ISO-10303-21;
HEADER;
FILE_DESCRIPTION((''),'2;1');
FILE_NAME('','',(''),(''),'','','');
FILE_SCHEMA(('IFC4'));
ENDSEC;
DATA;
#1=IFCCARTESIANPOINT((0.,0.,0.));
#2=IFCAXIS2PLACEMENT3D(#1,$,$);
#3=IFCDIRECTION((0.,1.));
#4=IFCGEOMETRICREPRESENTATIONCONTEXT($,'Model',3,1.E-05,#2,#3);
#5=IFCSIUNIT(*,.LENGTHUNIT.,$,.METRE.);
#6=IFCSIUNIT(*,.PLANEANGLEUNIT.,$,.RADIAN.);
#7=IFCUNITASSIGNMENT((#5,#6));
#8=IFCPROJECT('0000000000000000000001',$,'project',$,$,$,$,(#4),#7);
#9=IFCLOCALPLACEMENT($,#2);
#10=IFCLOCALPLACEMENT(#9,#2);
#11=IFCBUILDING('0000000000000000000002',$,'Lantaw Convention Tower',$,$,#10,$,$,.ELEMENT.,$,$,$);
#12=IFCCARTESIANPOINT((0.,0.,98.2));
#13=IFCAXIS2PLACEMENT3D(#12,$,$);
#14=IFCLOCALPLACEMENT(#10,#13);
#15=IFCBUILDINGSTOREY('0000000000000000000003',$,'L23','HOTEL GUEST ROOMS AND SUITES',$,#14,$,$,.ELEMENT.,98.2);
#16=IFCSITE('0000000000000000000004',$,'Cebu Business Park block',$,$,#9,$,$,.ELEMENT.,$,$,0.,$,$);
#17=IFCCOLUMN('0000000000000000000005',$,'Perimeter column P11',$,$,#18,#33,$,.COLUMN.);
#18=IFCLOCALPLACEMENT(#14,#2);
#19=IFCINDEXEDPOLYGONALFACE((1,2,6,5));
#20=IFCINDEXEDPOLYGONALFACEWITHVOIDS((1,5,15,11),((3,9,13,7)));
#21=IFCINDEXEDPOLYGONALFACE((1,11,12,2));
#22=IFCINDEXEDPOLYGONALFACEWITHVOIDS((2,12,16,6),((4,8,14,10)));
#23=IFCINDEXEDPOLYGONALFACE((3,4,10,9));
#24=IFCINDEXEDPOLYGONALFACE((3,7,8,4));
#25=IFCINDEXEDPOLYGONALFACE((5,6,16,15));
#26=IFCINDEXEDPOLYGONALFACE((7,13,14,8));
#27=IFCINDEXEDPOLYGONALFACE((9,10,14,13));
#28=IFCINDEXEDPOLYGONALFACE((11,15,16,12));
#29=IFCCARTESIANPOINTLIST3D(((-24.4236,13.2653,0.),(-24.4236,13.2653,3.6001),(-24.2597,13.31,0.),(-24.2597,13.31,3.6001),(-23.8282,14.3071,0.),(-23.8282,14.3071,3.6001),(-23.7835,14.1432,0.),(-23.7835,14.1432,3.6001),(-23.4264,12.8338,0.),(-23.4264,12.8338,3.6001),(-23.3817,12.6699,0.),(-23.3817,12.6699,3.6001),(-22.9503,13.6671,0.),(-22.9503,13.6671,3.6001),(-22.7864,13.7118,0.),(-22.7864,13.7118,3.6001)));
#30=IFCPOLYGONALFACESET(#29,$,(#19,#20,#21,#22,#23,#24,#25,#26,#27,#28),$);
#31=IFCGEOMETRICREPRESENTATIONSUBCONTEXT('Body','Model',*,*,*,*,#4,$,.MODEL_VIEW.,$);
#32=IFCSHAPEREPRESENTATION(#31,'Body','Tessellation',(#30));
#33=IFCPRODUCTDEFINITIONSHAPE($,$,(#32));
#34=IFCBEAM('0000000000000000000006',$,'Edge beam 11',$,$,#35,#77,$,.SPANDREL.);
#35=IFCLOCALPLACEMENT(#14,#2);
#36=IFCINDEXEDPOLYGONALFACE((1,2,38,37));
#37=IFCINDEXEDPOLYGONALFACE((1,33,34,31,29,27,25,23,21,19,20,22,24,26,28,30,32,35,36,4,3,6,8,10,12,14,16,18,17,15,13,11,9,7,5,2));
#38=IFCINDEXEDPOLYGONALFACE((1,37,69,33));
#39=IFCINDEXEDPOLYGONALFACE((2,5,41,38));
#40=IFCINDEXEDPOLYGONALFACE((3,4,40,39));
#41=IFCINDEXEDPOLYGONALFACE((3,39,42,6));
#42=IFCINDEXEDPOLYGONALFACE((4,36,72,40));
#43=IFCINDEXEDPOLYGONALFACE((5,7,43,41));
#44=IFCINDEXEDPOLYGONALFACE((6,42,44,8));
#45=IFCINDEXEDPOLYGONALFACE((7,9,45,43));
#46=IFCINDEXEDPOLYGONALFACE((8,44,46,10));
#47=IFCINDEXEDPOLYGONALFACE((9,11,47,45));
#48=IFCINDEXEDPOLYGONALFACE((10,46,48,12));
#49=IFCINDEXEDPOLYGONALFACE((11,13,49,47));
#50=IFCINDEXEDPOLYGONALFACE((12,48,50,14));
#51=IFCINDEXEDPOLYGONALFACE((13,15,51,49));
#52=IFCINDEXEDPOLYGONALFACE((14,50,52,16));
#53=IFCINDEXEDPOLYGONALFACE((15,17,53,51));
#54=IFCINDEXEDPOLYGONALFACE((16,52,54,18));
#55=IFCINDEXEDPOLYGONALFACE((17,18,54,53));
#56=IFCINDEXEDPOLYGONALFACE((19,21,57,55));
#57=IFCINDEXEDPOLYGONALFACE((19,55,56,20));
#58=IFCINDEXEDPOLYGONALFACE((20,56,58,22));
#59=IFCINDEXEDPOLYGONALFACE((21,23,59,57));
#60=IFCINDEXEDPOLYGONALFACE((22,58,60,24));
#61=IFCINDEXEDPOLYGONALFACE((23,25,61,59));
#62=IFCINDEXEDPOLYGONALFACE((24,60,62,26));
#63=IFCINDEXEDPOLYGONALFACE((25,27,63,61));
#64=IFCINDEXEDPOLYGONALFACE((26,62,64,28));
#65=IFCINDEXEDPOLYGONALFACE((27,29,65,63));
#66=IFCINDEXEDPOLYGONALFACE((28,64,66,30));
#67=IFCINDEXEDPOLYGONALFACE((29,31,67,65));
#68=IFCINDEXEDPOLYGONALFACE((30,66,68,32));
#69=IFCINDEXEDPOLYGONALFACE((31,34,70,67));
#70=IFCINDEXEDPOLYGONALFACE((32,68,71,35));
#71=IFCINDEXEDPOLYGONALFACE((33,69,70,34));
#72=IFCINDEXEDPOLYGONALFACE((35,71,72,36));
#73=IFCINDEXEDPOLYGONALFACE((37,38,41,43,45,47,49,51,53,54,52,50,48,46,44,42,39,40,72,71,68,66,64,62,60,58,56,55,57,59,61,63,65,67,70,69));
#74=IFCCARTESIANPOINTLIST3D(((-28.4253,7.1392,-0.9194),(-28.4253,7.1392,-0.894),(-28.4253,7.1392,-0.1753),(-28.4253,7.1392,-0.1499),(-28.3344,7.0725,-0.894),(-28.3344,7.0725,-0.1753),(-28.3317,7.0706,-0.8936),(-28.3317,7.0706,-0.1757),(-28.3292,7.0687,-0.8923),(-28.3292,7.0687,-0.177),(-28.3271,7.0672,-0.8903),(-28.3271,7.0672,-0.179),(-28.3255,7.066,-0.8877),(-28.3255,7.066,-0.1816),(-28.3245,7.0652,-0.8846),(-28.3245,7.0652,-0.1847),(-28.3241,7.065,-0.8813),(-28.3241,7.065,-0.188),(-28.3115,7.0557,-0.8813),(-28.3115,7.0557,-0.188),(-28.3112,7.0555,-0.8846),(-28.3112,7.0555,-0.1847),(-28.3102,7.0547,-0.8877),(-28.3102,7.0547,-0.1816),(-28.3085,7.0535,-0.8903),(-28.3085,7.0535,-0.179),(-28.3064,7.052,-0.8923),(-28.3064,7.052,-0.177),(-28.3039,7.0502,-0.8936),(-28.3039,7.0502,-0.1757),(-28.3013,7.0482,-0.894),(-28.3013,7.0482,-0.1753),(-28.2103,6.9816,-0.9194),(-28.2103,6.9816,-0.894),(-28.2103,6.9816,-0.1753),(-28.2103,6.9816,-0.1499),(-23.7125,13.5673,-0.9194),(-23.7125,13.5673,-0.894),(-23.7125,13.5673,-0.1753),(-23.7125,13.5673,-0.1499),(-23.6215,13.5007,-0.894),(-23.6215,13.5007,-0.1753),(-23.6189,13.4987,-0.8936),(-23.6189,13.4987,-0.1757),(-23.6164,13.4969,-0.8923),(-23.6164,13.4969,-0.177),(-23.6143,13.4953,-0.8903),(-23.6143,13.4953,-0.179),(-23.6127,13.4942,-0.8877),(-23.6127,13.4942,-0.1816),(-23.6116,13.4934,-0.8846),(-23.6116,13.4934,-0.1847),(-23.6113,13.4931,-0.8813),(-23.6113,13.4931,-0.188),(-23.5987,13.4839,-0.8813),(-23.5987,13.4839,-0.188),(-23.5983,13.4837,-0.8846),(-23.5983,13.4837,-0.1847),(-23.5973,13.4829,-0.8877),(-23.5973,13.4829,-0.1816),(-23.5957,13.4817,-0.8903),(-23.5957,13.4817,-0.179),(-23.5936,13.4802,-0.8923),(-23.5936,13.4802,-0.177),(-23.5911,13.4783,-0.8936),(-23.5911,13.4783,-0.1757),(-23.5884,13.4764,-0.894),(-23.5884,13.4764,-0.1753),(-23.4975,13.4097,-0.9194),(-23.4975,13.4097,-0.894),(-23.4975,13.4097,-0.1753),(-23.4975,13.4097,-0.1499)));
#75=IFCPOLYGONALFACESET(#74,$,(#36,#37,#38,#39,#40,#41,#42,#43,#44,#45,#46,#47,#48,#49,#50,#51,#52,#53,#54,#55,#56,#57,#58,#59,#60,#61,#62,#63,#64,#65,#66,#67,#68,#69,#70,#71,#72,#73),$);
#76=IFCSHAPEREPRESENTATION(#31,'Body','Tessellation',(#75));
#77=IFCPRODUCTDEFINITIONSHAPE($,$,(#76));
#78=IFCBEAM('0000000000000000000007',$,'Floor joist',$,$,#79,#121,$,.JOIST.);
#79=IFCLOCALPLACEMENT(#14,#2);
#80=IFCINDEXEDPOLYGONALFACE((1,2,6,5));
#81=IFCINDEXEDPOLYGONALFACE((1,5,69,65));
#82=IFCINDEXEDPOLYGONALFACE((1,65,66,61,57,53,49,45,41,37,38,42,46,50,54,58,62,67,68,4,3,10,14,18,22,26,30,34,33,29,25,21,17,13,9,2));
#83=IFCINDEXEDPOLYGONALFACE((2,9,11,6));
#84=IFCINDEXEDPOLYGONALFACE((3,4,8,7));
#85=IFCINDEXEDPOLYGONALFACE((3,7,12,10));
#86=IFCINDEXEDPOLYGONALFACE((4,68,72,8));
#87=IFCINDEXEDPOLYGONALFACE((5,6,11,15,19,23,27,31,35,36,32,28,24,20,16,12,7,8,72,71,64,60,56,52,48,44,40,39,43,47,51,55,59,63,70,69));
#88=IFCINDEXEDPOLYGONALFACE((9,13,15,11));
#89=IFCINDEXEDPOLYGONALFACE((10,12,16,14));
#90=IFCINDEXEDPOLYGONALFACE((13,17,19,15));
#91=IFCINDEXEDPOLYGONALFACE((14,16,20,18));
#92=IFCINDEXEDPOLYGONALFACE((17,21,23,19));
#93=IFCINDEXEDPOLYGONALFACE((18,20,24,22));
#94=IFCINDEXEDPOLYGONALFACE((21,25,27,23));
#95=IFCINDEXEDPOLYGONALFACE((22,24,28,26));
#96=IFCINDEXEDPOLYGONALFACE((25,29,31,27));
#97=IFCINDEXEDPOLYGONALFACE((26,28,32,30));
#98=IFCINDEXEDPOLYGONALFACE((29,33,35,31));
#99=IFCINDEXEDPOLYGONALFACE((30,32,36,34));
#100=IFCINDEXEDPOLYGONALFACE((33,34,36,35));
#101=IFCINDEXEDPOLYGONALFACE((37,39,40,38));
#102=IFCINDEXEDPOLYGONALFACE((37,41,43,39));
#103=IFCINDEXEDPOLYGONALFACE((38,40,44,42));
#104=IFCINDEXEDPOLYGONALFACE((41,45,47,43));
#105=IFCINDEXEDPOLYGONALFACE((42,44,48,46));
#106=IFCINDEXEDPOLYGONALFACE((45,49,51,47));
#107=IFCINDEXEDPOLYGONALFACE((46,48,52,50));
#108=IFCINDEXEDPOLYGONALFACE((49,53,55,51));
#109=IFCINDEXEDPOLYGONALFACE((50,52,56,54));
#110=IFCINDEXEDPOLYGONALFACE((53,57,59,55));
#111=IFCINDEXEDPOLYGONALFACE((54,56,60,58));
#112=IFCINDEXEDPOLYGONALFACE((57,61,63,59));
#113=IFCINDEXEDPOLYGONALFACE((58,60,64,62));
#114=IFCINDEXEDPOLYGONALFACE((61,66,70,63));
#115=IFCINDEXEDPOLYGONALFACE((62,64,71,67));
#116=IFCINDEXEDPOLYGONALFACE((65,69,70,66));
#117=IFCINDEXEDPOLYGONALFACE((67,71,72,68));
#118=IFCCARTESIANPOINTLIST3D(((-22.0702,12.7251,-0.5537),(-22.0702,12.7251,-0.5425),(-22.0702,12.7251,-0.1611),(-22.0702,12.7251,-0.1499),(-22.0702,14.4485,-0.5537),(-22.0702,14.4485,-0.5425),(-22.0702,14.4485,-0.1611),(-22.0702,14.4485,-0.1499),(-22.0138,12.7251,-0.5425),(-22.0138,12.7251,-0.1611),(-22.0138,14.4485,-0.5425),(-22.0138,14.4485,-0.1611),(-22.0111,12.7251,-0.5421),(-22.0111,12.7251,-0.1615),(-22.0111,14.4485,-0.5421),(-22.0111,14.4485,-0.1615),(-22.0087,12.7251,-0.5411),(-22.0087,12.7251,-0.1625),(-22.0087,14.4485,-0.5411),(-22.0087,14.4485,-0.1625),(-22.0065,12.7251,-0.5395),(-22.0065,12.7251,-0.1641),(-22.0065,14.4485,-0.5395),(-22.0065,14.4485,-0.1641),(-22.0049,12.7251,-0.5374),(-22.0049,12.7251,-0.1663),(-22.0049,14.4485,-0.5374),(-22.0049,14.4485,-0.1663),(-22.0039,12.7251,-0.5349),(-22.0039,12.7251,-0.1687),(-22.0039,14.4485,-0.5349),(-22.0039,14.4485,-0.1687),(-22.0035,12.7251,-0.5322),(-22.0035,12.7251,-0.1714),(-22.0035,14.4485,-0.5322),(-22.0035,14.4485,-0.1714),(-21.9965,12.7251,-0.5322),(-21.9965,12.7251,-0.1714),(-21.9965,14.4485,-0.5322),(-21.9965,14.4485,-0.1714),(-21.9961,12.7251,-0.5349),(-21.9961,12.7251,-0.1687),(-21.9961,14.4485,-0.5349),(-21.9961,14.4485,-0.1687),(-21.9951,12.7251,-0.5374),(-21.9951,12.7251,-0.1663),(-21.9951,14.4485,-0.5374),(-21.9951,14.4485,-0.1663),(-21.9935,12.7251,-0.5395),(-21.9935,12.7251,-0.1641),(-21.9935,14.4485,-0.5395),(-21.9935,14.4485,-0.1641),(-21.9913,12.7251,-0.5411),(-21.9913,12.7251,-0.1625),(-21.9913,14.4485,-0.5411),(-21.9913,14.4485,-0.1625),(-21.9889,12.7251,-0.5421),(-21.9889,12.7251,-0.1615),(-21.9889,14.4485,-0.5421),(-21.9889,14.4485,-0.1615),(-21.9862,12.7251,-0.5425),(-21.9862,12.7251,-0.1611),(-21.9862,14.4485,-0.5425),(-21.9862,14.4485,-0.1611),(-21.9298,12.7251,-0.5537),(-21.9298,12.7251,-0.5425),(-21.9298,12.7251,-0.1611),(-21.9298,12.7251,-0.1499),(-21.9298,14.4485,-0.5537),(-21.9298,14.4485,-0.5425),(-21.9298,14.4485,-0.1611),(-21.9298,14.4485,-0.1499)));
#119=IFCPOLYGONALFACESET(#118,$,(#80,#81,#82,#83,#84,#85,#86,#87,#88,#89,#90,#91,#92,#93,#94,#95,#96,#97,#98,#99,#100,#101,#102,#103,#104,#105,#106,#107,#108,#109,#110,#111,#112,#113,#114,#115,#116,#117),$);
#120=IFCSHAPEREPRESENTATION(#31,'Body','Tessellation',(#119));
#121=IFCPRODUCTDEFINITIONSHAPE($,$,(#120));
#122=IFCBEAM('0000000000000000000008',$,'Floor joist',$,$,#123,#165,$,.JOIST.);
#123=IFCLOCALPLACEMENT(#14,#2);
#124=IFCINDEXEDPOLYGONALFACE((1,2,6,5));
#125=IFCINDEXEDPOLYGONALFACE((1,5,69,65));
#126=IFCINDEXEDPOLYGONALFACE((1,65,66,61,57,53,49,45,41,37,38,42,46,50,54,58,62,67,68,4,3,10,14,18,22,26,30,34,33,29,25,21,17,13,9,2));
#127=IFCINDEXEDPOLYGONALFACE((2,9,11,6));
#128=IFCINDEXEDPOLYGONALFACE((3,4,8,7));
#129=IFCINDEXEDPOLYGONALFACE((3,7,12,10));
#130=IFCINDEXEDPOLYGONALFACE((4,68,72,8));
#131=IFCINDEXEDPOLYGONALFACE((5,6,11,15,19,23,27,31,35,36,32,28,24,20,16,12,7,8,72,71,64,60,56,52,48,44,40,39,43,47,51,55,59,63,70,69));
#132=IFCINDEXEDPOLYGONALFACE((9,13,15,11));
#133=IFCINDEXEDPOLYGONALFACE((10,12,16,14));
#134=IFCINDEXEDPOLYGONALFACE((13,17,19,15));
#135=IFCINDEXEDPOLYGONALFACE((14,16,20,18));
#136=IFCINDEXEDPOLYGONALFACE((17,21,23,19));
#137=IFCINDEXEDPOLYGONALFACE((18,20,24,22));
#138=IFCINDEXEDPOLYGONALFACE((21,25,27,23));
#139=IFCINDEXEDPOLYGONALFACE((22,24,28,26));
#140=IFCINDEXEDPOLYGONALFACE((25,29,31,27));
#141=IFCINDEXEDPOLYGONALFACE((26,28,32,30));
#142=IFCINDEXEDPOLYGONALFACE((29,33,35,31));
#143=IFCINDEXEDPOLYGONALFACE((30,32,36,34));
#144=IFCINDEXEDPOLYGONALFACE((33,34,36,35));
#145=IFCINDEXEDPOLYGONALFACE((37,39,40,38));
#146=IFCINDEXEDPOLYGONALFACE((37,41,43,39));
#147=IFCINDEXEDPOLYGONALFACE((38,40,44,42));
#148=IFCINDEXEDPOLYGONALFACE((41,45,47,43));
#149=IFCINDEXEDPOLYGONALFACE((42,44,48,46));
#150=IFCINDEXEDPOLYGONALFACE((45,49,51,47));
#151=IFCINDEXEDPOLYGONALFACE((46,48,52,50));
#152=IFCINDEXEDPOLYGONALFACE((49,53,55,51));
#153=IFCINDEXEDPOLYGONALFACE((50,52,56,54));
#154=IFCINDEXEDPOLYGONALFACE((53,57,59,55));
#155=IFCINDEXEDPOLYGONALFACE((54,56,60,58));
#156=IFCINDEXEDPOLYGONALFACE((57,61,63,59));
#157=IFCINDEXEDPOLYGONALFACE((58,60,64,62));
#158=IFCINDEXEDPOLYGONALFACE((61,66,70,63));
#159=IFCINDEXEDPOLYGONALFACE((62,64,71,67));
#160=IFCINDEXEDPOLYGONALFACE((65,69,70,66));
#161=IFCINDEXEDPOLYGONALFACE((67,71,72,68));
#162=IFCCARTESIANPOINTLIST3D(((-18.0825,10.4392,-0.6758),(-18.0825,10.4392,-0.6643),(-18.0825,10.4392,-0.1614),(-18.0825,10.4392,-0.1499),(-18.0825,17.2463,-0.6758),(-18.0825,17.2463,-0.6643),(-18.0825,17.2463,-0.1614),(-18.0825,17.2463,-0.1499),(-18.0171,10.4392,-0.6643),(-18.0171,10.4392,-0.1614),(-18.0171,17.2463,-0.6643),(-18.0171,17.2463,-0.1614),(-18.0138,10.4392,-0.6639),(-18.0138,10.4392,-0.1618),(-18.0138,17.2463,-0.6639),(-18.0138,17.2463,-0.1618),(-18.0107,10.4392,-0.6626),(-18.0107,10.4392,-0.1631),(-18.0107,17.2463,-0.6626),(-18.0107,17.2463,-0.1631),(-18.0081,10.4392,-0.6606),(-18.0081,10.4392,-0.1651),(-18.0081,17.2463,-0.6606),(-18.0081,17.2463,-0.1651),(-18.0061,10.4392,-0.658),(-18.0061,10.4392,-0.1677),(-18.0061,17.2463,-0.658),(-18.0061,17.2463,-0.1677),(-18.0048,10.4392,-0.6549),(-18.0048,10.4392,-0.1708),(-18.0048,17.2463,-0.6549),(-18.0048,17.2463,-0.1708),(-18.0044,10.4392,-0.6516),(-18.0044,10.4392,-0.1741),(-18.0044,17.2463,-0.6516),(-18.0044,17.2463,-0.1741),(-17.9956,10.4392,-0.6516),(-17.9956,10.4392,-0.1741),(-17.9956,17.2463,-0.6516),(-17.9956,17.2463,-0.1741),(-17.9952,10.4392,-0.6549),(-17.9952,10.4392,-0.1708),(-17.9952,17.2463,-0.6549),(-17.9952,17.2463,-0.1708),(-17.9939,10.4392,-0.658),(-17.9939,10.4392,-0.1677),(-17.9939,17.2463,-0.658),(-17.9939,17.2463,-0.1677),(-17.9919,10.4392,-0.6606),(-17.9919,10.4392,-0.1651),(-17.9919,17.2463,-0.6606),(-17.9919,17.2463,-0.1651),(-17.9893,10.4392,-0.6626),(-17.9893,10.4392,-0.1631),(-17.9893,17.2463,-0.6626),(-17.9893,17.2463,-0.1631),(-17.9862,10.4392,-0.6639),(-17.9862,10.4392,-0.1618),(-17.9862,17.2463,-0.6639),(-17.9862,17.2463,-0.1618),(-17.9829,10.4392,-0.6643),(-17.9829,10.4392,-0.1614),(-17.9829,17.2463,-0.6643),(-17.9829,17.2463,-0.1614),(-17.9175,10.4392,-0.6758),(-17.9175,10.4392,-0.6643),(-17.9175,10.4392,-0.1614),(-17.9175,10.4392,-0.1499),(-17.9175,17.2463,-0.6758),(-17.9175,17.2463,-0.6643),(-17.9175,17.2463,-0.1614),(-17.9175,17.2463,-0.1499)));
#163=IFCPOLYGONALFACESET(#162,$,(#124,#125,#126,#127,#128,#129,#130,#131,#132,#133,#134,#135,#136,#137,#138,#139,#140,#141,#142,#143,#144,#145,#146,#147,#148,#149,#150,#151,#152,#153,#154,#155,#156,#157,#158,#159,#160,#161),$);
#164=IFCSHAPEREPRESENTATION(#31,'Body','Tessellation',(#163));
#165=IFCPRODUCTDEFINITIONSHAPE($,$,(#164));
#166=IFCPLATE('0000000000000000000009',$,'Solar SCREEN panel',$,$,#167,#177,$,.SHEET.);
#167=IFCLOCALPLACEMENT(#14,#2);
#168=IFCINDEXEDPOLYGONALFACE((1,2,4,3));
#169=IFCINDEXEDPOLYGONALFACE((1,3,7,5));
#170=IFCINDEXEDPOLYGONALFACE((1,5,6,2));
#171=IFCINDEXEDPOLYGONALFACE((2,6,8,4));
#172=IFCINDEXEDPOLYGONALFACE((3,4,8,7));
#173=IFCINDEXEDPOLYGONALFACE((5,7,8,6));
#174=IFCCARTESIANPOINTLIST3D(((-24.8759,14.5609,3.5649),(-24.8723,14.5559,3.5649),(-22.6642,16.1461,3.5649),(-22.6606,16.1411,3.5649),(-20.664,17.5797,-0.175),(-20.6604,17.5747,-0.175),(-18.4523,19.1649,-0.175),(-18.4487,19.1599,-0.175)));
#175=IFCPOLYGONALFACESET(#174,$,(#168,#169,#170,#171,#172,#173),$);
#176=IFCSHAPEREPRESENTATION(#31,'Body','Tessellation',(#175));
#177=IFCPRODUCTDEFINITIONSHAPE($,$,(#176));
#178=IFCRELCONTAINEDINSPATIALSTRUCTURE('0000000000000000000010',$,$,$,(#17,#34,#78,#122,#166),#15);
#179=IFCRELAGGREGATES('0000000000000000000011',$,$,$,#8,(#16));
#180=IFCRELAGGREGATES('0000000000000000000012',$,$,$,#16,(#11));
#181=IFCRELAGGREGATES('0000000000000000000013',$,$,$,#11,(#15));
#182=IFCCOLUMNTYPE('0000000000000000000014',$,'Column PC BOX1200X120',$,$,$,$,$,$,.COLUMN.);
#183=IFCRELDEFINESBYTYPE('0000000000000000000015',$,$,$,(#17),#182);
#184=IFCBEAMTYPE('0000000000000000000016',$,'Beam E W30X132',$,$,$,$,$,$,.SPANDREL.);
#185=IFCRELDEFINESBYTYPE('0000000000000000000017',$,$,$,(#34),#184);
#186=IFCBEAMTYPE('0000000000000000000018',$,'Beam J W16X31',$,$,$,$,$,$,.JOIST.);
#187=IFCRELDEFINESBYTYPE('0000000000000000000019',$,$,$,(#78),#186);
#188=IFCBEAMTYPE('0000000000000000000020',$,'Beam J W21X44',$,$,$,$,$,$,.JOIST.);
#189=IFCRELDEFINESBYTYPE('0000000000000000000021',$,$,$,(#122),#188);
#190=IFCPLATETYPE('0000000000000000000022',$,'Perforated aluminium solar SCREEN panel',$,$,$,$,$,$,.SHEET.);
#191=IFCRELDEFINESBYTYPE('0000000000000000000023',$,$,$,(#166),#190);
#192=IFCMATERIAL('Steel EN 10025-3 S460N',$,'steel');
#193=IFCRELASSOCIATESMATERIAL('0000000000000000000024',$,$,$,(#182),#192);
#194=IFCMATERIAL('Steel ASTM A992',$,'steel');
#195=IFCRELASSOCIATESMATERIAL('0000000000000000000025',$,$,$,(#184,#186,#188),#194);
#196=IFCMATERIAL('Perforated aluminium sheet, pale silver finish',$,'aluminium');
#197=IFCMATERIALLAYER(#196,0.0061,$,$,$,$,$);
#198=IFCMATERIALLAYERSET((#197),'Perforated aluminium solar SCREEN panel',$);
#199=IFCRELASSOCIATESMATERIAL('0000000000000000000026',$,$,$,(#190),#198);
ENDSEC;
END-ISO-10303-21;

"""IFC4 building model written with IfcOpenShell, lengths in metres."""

from ifc_helpers import new_model, si_unit, direction, frame, origin, origin_2d, place, context, subcontext, project, spatial, polyline, rectangle, hollow_rectangle, i_section, outline, extrude, material, layer, layer_set, material_profile, profile_set, type_object, element, save


model = new_model("IFC4")

# Units and contexts
model_context = context("Model", 3, precision=1e-05, world=origin(), true_north=direction((0.0, 1.0)))
body_context = subcontext(model_context, "Body", "Model", "MODEL_VIEW")
ifc_project = project(units=[si_unit("LENGTHUNIT", "METRE"), si_unit("PLANEANGLEUNIT", "RADIAN")], contexts=[model_context])

# Site, building, storey
site_placement = place(None, origin())
site = spatial("IfcSite", under=ifc_project, at=site_placement, Name="Cebu Business Park block", CompositionType="ELEMENT", RefElevation=0.0)
building_placement = place(site_placement, origin())
building = spatial("IfcBuilding", under=site, at=building_placement, Name="Lantaw Convention Tower", CompositionType="ELEMENT")
storey_placement = place(building_placement, frame((0.0, 0.0, 98.2)))
storey = spatial("IfcBuildingStorey", under=building, at=storey_placement, Name="L23", Description="HOTEL GUEST ROOMS AND SUITES", CompositionType="ELEMENT", Elevation=98.2)

# Column
ifc_material_1 = material(Name="Steel EN 10025-3 S460N", Category="steel")
ifc_material_profile_1 = material_profile(ifc_material_1, hollow_rectangle(XDim=1.2, YDim=1.2, WallThickness=0.1201, at=origin_2d()), Name="BOX1200X120")
ifc_material_2 = material(Name="Concrete C60/75", Category="concrete")
ifc_material_profile_2 = material_profile(ifc_material_2, rectangle(XDim=0.96, YDim=0.96, at=origin_2d()), Name="Concrete fill of BOX1200X120")
ifc_profile_set_1 = profile_set([ifc_material_profile_1, ifc_material_profile_2], Name="Steel EN 10025-3 S460N")
column_type = type_object("IfcColumnType", Name="Column PC BOX1200X120", PredefinedType="COLUMN", material=ifc_profile_set_1)
column_placement = place(storey_placement, frame((-23.605, 13.4885, 0.0), z_axis=(0.0, 0.0, 1.0), x_axis=(0.496139, 0.868243, 0.0)))
element("IfcColumn", 1, at=column_placement, inside=storey, type_object=column_type, Name="Perimeter column P11", PredefinedType="COLUMN", context=body_context, shape_type="SweptSolid", body=[
    extrude(hollow_rectangle(XDim=1.2, YDim=1.2, WallThickness=0.1201, at=origin_2d()), origin(), (0.0, 0.0, 1.0), 3.6001),
])

# Beams
ifc_material_3 = material(Name="Steel ASTM A992", Category="steel")
ifc_material_profile_3 = material_profile(ifc_material_3, i_section(OverallWidth=0.2666, OverallDepth=0.7695, WebThickness=0.0156, FlangeThickness=0.0254, FilletRadius=0.0127, at=origin_2d()), Name="W30X132")
ifc_profile_set_2 = profile_set([ifc_material_profile_3], Name="Steel ASTM A992")
beam_type_1 = type_object("IfcBeamType", Name="Beam E W30X132", PredefinedType="SPANDREL", material=ifc_profile_set_2)
beam_1_placement = place(storey_placement, frame((-23.605, 13.4885, -0.5347), z_axis=(-0.591271, -0.806473, 0.0), x_axis=(0.806473, -0.591271, 0.0)))
element("IfcBeam", 2, at=beam_1_placement, inside=storey, type_object=beam_type_1, Name="Edge beam 11", PredefinedType="SPANDREL", context=body_context, shape_type="SweptSolid", body=[
    extrude(i_section(OverallWidth=0.2666, OverallDepth=0.7695, WebThickness=0.0156, FlangeThickness=0.0254, FilletRadius=0.0127, at=origin_2d()), origin(), (0.0, 0.0, 1.0), 7.9707),
])
ifc_material_profile_4 = material_profile(ifc_material_3, i_section(OverallWidth=0.1404, OverallDepth=0.4038, WebThickness=0.0071, FlangeThickness=0.0112, FilletRadius=0.0103, at=origin_2d()), Name="W16X31")
ifc_profile_set_3 = profile_set([ifc_material_profile_4], Name="Steel ASTM A992")
beam_type_2 = type_object("IfcBeamType", Name="Beam J W16X31", PredefinedType="JOIST", material=ifc_profile_set_3)
beam_2_placement = place(storey_placement, frame((-22.0, 12.7251, -0.3518), z_axis=(0.0, 1.0, 0.0), x_axis=(-1.0, 0.0, 0.0)))
element("IfcBeam", 3, at=beam_2_placement, inside=storey, type_object=beam_type_2, Name="Floor joist", PredefinedType="JOIST", context=body_context, shape_type="SweptSolid", body=[
    extrude(i_section(OverallWidth=0.1404, OverallDepth=0.4038, WebThickness=0.0071, FlangeThickness=0.0112, FilletRadius=0.0103, at=origin_2d()), origin(), (0.0, 0.0, 1.0), 1.7234),
])
ifc_material_profile_5 = material_profile(ifc_material_3, i_section(OverallWidth=0.165, OverallDepth=0.5259, WebThickness=0.0088, FlangeThickness=0.0115, FilletRadius=0.0127, at=origin_2d()), Name="W21X44")
ifc_profile_set_4 = profile_set([ifc_material_profile_5], Name="Steel ASTM A992")
beam_type_3 = type_object("IfcBeamType", Name="Beam J W21X44", PredefinedType="JOIST", material=ifc_profile_set_4)
beam_3_placement = place(storey_placement, frame((-18.0, 10.4392, -0.4128), z_axis=(0.0, 1.0, 0.0), x_axis=(-1.0, 0.0, 0.0)))
element("IfcBeam", 4, at=beam_3_placement, inside=storey, type_object=beam_type_3, Name="Floor joist", PredefinedType="JOIST", context=body_context, shape_type="SweptSolid", body=[
    extrude(i_section(OverallWidth=0.165, OverallDepth=0.5259, WebThickness=0.0088, FlangeThickness=0.0115, FilletRadius=0.0127, at=origin_2d()), origin(), (0.0, 0.0, 1.0), 6.8071),
])

# Plate
ifc_material_4 = material(Name="Perforated aluminium sheet, pale silver finish", Category="aluminium")
ifc_layer_1 = layer(ifc_material_4, 0.0061)
ifc_layer_set_1 = layer_set([ifc_layer_1], Name="Perforated aluminium solar SCREEN panel")
plate_type = type_object("IfcPlateType", Name="Perforated aluminium solar SCREEN panel", PredefinedType="SHEET", material=ifc_layer_set_1)
plate_1_placement = place(storey_placement, frame((-18.4487, 19.1599, -0.175), z_axis=(0.582561, -0.812787, 0.000016), x_axis=(-0.812787, -0.582561, 0.0)))
element("IfcPlate", 5, at=plate_1_placement, inside=storey, type_object=plate_type, Name="Solar SCREEN panel", PredefinedType="SHEET", context=body_context, shape_type="SweptSolid", body=[
    extrude(outline(polyline([(0.0, 0.0), (2.7211, 0.0), (7.9031, -3.74), (5.182, -3.74), (0.0, 0.0)])), origin(), (0.0, 0.0, -1.0), 0.0061),
])

save(model, "model.ifc")
